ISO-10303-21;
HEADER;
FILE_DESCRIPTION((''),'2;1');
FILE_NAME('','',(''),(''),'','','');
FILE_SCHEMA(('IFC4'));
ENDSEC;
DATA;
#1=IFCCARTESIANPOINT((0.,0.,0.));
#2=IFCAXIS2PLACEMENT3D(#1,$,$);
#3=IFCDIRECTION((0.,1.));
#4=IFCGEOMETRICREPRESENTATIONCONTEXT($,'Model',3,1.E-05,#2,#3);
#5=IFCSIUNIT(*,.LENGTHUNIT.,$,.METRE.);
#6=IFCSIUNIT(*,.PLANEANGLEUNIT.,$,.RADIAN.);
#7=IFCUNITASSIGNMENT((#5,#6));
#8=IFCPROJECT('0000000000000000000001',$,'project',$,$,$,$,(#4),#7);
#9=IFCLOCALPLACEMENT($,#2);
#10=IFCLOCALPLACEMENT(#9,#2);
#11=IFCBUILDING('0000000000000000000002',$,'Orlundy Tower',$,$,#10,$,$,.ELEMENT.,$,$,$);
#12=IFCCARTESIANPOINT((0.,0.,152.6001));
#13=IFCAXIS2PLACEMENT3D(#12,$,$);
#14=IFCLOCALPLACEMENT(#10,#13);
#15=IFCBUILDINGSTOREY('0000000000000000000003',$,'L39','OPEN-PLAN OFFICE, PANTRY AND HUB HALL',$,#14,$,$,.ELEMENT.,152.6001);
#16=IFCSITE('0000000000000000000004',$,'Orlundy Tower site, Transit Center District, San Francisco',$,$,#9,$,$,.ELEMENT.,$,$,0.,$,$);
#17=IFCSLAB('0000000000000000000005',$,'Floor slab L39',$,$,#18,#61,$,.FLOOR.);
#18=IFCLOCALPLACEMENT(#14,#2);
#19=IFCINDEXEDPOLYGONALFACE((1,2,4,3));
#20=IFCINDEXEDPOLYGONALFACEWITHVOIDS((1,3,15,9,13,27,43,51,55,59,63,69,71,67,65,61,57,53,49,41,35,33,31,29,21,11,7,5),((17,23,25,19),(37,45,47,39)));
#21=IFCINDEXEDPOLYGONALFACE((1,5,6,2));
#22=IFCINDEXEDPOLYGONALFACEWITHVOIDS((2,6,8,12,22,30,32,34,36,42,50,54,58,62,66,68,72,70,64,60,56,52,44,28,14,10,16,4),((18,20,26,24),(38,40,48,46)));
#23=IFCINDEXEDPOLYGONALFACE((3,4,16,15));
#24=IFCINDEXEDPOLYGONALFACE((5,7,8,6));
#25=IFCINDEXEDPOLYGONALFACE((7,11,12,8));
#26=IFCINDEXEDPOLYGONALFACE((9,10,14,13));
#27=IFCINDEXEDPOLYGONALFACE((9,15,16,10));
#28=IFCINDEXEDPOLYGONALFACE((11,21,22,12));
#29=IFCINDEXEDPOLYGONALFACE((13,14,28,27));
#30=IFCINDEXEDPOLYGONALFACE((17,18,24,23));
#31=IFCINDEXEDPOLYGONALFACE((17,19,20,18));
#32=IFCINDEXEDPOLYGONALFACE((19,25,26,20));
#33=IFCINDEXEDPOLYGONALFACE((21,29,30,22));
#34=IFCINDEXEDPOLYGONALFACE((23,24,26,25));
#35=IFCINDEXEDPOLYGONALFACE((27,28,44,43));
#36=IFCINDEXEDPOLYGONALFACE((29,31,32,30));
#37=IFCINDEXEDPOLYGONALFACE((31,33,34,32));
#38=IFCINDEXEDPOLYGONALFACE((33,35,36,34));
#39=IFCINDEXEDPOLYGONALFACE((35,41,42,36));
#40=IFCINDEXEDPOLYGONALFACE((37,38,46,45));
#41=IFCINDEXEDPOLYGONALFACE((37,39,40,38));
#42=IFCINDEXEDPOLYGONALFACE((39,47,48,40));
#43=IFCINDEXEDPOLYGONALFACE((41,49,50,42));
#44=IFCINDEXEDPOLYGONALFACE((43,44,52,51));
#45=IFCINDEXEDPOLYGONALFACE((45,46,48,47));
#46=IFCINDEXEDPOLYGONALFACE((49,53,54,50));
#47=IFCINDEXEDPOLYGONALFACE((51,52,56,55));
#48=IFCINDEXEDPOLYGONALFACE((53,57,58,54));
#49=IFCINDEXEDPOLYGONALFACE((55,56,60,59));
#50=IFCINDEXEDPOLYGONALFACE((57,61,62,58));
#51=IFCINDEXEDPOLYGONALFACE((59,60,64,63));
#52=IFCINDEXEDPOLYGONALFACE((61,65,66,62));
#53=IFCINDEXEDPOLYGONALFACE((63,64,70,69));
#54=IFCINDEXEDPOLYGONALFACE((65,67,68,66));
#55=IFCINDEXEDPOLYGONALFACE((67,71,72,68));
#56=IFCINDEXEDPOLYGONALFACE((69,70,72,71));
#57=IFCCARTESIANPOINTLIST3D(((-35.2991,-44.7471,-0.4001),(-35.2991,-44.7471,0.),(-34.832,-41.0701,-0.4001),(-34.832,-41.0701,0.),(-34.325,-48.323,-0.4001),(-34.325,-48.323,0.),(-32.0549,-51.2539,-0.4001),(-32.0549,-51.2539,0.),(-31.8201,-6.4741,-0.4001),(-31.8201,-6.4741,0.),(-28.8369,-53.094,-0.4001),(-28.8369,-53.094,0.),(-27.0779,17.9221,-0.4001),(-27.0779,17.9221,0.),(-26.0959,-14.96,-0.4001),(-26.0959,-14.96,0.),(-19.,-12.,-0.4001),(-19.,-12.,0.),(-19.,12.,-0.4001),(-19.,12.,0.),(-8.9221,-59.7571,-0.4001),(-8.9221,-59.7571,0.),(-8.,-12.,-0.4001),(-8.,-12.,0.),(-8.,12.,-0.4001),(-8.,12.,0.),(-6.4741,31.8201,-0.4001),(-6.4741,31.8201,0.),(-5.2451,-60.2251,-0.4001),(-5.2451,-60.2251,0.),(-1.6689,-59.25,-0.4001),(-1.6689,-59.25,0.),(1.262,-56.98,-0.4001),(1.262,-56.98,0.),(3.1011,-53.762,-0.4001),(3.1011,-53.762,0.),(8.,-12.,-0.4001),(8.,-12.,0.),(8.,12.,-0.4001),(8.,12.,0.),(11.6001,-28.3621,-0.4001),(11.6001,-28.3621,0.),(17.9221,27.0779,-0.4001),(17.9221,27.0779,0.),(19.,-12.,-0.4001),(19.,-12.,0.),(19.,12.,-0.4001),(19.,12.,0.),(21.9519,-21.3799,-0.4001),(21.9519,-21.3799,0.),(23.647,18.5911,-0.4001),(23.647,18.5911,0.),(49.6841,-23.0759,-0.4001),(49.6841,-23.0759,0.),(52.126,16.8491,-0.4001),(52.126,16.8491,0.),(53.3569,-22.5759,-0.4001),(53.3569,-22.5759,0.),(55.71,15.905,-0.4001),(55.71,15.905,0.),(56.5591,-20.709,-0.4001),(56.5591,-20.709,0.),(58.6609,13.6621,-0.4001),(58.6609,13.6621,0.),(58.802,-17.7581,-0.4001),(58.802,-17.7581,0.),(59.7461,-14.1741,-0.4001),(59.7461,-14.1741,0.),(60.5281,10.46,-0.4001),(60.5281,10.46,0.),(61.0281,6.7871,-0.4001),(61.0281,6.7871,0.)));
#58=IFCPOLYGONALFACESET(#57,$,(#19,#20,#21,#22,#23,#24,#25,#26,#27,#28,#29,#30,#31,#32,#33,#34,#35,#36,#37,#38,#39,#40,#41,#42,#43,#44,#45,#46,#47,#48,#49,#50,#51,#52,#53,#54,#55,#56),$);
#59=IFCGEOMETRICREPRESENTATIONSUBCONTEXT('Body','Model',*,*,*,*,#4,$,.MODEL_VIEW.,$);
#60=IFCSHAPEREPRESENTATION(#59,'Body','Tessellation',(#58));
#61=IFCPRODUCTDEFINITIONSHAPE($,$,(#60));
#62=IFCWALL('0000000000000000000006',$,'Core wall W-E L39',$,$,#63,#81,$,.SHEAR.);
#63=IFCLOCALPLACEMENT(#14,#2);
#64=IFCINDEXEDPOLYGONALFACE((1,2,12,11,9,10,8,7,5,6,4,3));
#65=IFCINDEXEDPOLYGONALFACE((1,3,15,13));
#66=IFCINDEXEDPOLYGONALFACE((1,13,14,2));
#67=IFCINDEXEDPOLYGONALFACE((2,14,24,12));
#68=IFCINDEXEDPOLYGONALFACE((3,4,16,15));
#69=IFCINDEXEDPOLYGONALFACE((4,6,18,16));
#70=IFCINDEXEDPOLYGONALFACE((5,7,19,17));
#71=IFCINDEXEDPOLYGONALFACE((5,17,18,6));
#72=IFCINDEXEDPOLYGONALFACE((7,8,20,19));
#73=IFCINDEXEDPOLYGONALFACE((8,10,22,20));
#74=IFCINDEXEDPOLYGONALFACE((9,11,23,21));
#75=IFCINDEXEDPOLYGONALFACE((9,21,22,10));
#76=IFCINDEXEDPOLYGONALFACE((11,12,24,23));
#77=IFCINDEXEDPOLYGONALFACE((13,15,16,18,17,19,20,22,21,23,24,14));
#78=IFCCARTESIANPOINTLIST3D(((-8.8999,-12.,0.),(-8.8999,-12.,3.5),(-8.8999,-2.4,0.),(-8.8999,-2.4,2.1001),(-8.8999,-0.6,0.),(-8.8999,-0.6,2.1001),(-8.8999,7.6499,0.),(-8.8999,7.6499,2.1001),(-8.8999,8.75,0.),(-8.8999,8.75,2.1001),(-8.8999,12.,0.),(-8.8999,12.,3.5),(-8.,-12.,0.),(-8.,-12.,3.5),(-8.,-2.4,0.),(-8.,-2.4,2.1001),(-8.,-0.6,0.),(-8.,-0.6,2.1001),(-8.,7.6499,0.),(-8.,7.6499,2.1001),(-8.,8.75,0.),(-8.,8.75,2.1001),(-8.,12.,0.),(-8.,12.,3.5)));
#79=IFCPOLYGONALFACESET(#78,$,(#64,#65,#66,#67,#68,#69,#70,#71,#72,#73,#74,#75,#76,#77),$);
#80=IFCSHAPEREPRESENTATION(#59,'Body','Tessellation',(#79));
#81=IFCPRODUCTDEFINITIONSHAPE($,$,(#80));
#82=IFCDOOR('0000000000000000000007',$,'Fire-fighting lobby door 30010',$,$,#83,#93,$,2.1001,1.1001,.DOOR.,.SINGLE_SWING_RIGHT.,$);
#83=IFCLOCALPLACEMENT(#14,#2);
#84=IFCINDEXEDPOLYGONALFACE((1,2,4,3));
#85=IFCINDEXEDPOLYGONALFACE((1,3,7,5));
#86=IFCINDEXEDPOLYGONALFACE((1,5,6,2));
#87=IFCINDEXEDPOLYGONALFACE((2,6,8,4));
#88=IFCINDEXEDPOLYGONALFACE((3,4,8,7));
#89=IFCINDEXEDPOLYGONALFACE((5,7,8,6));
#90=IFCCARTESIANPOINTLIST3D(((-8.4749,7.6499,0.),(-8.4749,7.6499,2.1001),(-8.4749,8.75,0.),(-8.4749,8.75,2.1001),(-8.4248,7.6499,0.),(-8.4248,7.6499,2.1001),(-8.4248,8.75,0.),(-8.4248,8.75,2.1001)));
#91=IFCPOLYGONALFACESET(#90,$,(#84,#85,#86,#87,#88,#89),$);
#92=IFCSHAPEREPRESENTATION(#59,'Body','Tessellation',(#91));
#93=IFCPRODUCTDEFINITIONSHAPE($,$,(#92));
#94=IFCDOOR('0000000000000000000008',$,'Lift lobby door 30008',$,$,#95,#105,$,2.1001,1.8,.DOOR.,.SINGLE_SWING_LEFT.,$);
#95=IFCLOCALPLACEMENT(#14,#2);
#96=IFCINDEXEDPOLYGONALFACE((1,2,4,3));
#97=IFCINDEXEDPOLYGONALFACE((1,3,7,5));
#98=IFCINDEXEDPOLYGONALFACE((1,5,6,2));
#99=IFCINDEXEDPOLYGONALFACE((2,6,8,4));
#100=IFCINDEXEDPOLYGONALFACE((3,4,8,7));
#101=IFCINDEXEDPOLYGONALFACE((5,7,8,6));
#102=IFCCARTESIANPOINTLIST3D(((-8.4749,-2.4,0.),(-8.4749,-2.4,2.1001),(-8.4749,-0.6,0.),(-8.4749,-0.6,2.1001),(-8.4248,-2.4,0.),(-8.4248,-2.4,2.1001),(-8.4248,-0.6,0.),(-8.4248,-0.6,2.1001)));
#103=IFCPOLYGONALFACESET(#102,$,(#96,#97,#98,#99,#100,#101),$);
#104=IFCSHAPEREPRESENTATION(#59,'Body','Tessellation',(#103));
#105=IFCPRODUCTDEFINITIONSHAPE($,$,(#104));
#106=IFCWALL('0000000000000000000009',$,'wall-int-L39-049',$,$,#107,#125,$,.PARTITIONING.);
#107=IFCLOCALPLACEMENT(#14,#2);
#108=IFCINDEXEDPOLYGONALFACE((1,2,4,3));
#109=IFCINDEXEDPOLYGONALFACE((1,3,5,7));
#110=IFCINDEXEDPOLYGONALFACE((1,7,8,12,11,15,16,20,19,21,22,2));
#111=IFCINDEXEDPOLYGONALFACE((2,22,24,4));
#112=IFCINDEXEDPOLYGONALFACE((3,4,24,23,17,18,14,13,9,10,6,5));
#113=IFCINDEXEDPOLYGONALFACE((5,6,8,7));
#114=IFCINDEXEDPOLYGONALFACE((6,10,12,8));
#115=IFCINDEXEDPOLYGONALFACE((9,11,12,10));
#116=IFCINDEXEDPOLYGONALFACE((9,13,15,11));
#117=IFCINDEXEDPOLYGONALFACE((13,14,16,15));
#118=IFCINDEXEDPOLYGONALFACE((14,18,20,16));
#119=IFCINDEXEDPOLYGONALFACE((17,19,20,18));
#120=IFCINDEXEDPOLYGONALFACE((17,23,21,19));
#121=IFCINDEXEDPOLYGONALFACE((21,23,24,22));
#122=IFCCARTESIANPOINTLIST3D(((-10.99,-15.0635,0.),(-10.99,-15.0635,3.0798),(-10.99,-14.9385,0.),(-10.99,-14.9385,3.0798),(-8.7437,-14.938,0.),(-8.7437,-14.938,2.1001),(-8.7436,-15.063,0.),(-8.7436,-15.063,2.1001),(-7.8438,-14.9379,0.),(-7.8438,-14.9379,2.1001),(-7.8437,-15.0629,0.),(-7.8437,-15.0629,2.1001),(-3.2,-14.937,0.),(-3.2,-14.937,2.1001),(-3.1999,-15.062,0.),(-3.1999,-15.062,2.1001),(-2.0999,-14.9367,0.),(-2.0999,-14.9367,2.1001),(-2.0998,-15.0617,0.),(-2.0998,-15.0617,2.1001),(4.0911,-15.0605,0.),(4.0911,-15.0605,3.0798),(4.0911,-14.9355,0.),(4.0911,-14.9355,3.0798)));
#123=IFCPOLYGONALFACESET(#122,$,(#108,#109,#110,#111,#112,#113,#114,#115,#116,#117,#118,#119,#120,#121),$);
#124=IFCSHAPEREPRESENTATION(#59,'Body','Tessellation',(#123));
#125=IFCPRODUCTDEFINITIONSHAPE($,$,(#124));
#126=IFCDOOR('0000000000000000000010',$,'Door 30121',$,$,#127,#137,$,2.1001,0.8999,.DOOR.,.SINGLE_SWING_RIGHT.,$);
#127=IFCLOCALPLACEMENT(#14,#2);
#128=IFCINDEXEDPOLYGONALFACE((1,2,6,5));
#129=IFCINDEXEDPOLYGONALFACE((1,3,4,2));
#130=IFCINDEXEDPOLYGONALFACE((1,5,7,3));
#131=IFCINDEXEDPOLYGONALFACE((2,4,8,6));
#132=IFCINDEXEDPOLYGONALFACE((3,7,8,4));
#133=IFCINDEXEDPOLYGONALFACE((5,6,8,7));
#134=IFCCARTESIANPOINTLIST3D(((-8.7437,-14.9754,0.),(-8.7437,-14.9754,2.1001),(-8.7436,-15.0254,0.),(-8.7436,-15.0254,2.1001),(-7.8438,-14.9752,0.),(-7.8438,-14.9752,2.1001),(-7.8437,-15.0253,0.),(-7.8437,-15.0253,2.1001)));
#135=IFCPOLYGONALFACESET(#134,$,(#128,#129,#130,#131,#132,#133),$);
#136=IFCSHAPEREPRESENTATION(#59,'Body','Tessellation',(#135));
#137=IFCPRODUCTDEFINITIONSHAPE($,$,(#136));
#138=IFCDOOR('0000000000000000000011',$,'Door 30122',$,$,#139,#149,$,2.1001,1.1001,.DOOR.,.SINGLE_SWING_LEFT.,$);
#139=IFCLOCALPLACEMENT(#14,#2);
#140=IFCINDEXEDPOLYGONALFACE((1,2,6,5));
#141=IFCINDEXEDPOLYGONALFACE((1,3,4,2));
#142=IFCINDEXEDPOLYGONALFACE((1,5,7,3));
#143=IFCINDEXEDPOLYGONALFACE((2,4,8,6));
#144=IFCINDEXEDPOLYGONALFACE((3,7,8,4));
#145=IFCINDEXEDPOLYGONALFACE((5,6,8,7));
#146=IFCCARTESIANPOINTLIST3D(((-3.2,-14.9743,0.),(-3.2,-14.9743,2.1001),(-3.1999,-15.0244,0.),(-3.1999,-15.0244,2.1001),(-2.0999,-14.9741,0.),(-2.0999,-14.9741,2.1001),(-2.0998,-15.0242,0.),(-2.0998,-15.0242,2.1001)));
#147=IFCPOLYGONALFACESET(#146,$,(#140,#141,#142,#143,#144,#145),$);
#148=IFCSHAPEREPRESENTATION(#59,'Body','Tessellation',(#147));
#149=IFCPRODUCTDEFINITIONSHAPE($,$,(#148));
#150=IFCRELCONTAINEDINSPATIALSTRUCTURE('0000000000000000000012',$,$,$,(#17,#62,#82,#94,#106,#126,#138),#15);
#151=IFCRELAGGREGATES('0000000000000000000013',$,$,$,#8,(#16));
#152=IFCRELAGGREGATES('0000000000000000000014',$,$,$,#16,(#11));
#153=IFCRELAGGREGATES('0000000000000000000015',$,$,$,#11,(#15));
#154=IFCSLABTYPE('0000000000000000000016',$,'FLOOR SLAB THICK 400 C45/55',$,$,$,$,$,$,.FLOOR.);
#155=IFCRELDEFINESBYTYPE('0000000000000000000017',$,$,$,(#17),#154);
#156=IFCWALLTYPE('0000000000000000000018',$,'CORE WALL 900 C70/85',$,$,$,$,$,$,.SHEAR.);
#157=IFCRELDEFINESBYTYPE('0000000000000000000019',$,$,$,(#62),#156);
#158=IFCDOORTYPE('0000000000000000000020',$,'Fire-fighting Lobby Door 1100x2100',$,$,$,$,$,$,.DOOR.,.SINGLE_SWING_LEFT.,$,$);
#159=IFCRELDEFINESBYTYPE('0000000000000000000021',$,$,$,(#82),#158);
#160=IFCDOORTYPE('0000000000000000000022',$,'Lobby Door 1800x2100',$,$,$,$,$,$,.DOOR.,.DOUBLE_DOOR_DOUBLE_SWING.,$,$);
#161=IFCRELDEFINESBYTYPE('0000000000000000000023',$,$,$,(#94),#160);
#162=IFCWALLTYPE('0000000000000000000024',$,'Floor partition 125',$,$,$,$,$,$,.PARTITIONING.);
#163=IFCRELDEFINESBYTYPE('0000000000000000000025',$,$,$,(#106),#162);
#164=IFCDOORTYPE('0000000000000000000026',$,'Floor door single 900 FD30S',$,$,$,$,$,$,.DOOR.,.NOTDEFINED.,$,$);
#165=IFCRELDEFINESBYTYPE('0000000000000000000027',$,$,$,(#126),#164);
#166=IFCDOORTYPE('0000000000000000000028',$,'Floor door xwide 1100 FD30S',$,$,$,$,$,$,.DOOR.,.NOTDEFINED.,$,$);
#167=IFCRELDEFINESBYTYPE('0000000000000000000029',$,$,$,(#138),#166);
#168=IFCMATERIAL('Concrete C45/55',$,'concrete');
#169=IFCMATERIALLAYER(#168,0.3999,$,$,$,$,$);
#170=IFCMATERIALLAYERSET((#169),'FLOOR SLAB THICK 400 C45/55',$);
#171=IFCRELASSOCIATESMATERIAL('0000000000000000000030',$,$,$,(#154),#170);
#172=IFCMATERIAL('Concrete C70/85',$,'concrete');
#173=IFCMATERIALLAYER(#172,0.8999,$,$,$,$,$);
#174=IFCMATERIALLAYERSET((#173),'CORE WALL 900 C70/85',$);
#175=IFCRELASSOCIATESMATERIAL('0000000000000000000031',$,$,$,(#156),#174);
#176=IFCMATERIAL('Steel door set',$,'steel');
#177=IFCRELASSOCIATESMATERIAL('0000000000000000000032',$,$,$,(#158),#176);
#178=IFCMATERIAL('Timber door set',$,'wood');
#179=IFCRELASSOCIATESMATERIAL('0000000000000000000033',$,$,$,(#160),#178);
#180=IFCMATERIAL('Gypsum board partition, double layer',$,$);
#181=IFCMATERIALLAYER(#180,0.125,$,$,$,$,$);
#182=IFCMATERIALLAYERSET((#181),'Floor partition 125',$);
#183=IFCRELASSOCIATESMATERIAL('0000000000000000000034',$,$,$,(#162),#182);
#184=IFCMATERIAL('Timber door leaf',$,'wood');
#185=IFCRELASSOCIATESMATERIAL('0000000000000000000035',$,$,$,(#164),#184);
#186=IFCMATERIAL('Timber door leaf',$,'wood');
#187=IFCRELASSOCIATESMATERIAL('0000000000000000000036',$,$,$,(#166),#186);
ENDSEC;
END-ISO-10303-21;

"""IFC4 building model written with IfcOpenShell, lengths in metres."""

from ifc_helpers import new_model, si_unit, direction, frame, frame_2d, origin, place, context, subcontext, project, spatial, polyline, rectangle, outline, extrude, material, layer, layer_set, type_object, element, fill, save


model = new_model("IFC4")

# Units and contexts
model_context = context("Model", 3, precision=1e-05, world=origin(), true_north=direction((0.0, 1.0)))
body_context = subcontext(model_context, "Body", "Model", "MODEL_VIEW")
ifc_project = project(units=[si_unit("LENGTHUNIT", "METRE"), si_unit("PLANEANGLEUNIT", "RADIAN")], contexts=[model_context])

# Site, building, storey
site_placement = place(None, origin())
site = spatial("IfcSite", under=ifc_project, at=site_placement, Name="Orlundy Tower site, Transit Center District, San Francisco", CompositionType="ELEMENT", RefElevation=0.0)
building_placement = place(site_placement, origin())
building = spatial("IfcBuilding", under=site, at=building_placement, Name="Orlundy Tower", CompositionType="ELEMENT")
storey_placement = place(building_placement, frame((0.0, 0.0, 152.6001)))
storey = spatial("IfcBuildingStorey", under=building, at=storey_placement, Name="L39", Description="OPEN-PLAN OFFICE, PANTRY AND HUB HALL", CompositionType="ELEMENT", Elevation=152.6001)

# Slab
ifc_material_1 = material(Name="Concrete C45/55", Category="concrete")
ifc_layer_1 = layer(ifc_material_1, 0.3999)
ifc_layer_set_1 = layer_set([ifc_layer_1], Name="FLOOR SLAB THICK 400 C45/55")
slab_type_1 = type_object("IfcSlabType", Name="FLOOR SLAB THICK 400 C45/55", PredefinedType="FLOOR", material=ifc_layer_set_1)
slab_1_placement = place(storey_placement, frame((0.0, 0.0, -0.4001)))
element("IfcSlab", 1, at=slab_1_placement, inside=storey, type_object=slab_type_1, Name="Floor slab L39", PredefinedType="FLOOR", context=body_context, shape_type="SweptSolid", body=[
    extrude(outline(polyline([(21.9519, -21.3799), (11.6001, -28.3621), (3.1011, -53.762), (1.262, -56.98), (-1.6689, -59.25), (-5.2451, -60.2251), (-8.9221, -59.7571), (-28.8369, -53.094), (-32.0549, -51.2539), (-34.325, -48.323), (-35.2991, -44.7471), (-34.832, -41.0701), (-26.0959, -14.96), (-31.8201, -6.4741), (-27.0779, 17.9221), (-6.4741, 31.8201), (17.9221, 27.0779), (23.647, 18.5911), (52.126, 16.8491), (55.71, 15.905), (58.6609, 13.6621), (60.5281, 10.46), (61.0281, 6.7871), (59.7461, -14.1741), (58.802, -17.7581), (56.5591, -20.709), (53.3569, -22.5759), (49.6841, -23.0759), (21.9519, -21.3799)]), holes=[polyline([(-8.0, -12.0), (-8.0, 12.0), (-19.0, 12.0), (-19.0, -12.0), (-8.0, -12.0)]), polyline([(19.0, -12.0), (19.0, 12.0), (8.0, 12.0), (8.0, -12.0), (19.0, -12.0)])]), origin(), (0.0, 0.0, 1.0), 0.4001),
])

# Walls, openings, doors
ifc_material_2 = material(Name="Concrete C70/85", Category="concrete")
ifc_layer_2 = layer(ifc_material_2, 0.8999)
ifc_layer_set_2 = layer_set([ifc_layer_2], Name="CORE WALL 900 C70/85")
wall_type_1 = type_object("IfcWallType", Name="CORE WALL 900 C70/85", PredefinedType="SHEAR", material=ifc_layer_set_2)
wall_1_placement = place(storey_placement, frame((-8.45, -12.0, 0.0), z_axis=(0.0, 0.0, 1.0), x_axis=(0.0, 1.0, 0.0)))
wall_1 = element("IfcWall", 2, at=wall_1_placement, inside=storey, type_object=wall_type_1, Name="Core wall W-E L39", PredefinedType="SHEAR", context=body_context, shape_type="SweptSolid", body=[
    extrude(rectangle(XDim=24.0, YDim=0.8999, at=frame_2d((12.0, 0.0))), origin(), (0.0, 0.0, 1.0), 3.5),
])
opening_1_placement = place(wall_1_placement, frame((9.6001, 0.0, 0.0)))
opening_1 = element("IfcOpeningElement", 3, at=opening_1_placement, cuts=wall_1, PredefinedType="OPENING", context=body_context, shape_type="SweptSolid", body=[
    extrude(rectangle(XDim=1.8, YDim=2.1001, at=frame_2d((0.8999, 1.05))), frame((0.0, 0.46, 0.0), z_axis=(0.0, -1.0, 0.0), x_axis=(1.0, 0.0, 0.0)), (0.0, 0.0, 1.0), 0.9199),
])
opening_2_placement = place(wall_1_placement, frame((19.6499, 0.0, 0.0)))
opening_2 = element("IfcOpeningElement", 4, at=opening_2_placement, cuts=wall_1, PredefinedType="OPENING", context=body_context, shape_type="SweptSolid", body=[
    extrude(rectangle(XDim=1.1001, YDim=2.1001, at=frame_2d((0.55, 1.05))), frame((0.0, 0.46, 0.0), z_axis=(0.0, -1.0, 0.0), x_axis=(1.0, 0.0, 0.0)), (0.0, 0.0, 1.0), 0.9199),
])
ifc_material_3 = material(Name="Steel door set", Category="steel")
door_type_1 = type_object("IfcDoorType", Name="Fire-fighting Lobby Door 1100x2100", OperationType="SINGLE_SWING_LEFT", PredefinedType="DOOR", material=ifc_material_3)
door_1_placement = place(opening_2_placement, origin())
door_1 = element("IfcDoor", 5, at=door_1_placement, inside=storey, type_object=door_type_1, Name="Fire-fighting lobby door 30010", OperationType="SINGLE_SWING_RIGHT", OverallHeight=2.1001, OverallWidth=1.1001, PredefinedType="DOOR", context=body_context, shape_type="SweptSolid", body=[
    extrude(rectangle(XDim=1.1001, YDim=2.1001, at=frame_2d((0.55, 1.05))), frame((0.0, 0.0249, 0.0), z_axis=(0.0, -1.0, 0.0), x_axis=(1.0, 0.0, 0.0)), (0.0, 0.0, 1.0), 0.05),
])
fill(opening_2, door_1)
ifc_material_4 = material(Name="Timber door set", Category="wood")
door_type_2 = type_object("IfcDoorType", Name="Lobby Door 1800x2100", OperationType="DOUBLE_DOOR_DOUBLE_SWING", PredefinedType="DOOR", material=ifc_material_4)
door_2_placement = place(opening_1_placement, origin())
door_2 = element("IfcDoor", 6, at=door_2_placement, inside=storey, type_object=door_type_2, Name="Lift lobby door 30008", OperationType="SINGLE_SWING_LEFT", OverallHeight=2.1001, OverallWidth=1.8, PredefinedType="DOOR", context=body_context, shape_type="SweptSolid", body=[
    extrude(rectangle(XDim=1.8, YDim=2.1001, at=frame_2d((0.8999, 1.05))), frame((0.0, 0.0249, 0.0), z_axis=(0.0, -1.0, 0.0), x_axis=(1.0, 0.0, 0.0)), (0.0, 0.0, 1.0), 0.05),
])
fill(opening_1, door_2)
ifc_material_5 = material(Name="Gypsum board partition, double layer")
ifc_layer_3 = layer(ifc_material_5, 0.125)
ifc_layer_set_3 = layer_set([ifc_layer_3], Name="Floor partition 125")
wall_type_2 = type_object("IfcWallType", Name="Floor partition 125", PredefinedType="PARTITIONING", material=ifc_layer_set_3)
wall_2_placement = place(storey_placement, frame((4.0911, -14.998, 0.0), z_axis=(0.0, 0.0, 1.0), x_axis=(-1.0, -0.000194, 0.0)))
wall_2 = element("IfcWall", 7, at=wall_2_placement, inside=storey, type_object=wall_type_2, Name="wall-int-L39-049", PredefinedType="PARTITIONING", context=body_context, shape_type="SweptSolid", body=[
    extrude(rectangle(XDim=15.0811, YDim=0.125, at=frame_2d((7.5405, 0.0))), origin(), (0.0, 0.0, 1.0), 3.0798),
])
opening_3_placement = place(wall_2_placement, frame((11.9348, 0.0, 0.0)))
opening_3 = element("IfcOpeningElement", 8, at=opening_3_placement, cuts=wall_2, PredefinedType="OPENING", context=body_context, shape_type="SweptSolid", body=[
    extrude(rectangle(XDim=0.8999, YDim=2.1001, at=frame_2d((0.45, 1.05))), frame((0.0, 0.0725, 0.0), z_axis=(0.0, -1.0, 0.0), x_axis=(1.0, 0.0, 0.0)), (0.0, 0.0, 1.0), 0.145),
])
opening_4_placement = place(wall_2_placement, frame((6.1909, 0.0, 0.0)))
opening_4 = element("IfcOpeningElement", 9, at=opening_4_placement, cuts=wall_2, PredefinedType="OPENING", context=body_context, shape_type="SweptSolid", body=[
    extrude(rectangle(XDim=1.1001, YDim=2.1001, at=frame_2d((0.55, 1.05))), frame((0.0, 0.0725, 0.0), z_axis=(0.0, -1.0, 0.0), x_axis=(1.0, 0.0, 0.0)), (0.0, 0.0, 1.0), 0.145),
])
ifc_material_6 = material(Name="Timber door leaf", Category="wood")
door_type_3 = type_object("IfcDoorType", Name="Floor door single 900 FD30S", OperationType="NOTDEFINED", PredefinedType="DOOR", material=ifc_material_6)
door_3_placement = place(opening_3_placement, origin())
door_3 = element("IfcDoor", 10, at=door_3_placement, inside=storey, type_object=door_type_3, Name="Door 30121", OperationType="SINGLE_SWING_RIGHT", OverallHeight=2.1001, OverallWidth=0.8999, PredefinedType="DOOR", context=body_context, shape_type="SweptSolid", body=[
    extrude(rectangle(XDim=0.8999, YDim=2.1001, at=frame_2d((0.45, 1.05))), frame((0.0, 0.0249, 0.0), z_axis=(0.0, -1.0, 0.0), x_axis=(1.0, 0.0, 0.0)), (0.0, 0.0, 1.0), 0.05),
])
fill(opening_3, door_3)
ifc_material_7 = material(Name="Timber door leaf", Category="wood")
door_type_4 = type_object("IfcDoorType", Name="Floor door xwide 1100 FD30S", OperationType="NOTDEFINED", PredefinedType="DOOR", material=ifc_material_7)
door_4_placement = place(opening_4_placement, origin())
door_4 = element("IfcDoor", 11, at=door_4_placement, inside=storey, type_object=door_type_4, Name="Door 30122", OperationType="SINGLE_SWING_LEFT", OverallHeight=2.1001, OverallWidth=1.1001, PredefinedType="DOOR", context=body_context, shape_type="SweptSolid", body=[
    extrude(rectangle(XDim=1.1001, YDim=2.1001, at=frame_2d((0.55, 1.05))), frame((0.0, 0.0249, 0.0), z_axis=(0.0, -1.0, 0.0), x_axis=(1.0, 0.0, 0.0)), (0.0, 0.0, 1.0), 0.05),
])
fill(opening_4, door_4)

save(model, "model.ifc")
